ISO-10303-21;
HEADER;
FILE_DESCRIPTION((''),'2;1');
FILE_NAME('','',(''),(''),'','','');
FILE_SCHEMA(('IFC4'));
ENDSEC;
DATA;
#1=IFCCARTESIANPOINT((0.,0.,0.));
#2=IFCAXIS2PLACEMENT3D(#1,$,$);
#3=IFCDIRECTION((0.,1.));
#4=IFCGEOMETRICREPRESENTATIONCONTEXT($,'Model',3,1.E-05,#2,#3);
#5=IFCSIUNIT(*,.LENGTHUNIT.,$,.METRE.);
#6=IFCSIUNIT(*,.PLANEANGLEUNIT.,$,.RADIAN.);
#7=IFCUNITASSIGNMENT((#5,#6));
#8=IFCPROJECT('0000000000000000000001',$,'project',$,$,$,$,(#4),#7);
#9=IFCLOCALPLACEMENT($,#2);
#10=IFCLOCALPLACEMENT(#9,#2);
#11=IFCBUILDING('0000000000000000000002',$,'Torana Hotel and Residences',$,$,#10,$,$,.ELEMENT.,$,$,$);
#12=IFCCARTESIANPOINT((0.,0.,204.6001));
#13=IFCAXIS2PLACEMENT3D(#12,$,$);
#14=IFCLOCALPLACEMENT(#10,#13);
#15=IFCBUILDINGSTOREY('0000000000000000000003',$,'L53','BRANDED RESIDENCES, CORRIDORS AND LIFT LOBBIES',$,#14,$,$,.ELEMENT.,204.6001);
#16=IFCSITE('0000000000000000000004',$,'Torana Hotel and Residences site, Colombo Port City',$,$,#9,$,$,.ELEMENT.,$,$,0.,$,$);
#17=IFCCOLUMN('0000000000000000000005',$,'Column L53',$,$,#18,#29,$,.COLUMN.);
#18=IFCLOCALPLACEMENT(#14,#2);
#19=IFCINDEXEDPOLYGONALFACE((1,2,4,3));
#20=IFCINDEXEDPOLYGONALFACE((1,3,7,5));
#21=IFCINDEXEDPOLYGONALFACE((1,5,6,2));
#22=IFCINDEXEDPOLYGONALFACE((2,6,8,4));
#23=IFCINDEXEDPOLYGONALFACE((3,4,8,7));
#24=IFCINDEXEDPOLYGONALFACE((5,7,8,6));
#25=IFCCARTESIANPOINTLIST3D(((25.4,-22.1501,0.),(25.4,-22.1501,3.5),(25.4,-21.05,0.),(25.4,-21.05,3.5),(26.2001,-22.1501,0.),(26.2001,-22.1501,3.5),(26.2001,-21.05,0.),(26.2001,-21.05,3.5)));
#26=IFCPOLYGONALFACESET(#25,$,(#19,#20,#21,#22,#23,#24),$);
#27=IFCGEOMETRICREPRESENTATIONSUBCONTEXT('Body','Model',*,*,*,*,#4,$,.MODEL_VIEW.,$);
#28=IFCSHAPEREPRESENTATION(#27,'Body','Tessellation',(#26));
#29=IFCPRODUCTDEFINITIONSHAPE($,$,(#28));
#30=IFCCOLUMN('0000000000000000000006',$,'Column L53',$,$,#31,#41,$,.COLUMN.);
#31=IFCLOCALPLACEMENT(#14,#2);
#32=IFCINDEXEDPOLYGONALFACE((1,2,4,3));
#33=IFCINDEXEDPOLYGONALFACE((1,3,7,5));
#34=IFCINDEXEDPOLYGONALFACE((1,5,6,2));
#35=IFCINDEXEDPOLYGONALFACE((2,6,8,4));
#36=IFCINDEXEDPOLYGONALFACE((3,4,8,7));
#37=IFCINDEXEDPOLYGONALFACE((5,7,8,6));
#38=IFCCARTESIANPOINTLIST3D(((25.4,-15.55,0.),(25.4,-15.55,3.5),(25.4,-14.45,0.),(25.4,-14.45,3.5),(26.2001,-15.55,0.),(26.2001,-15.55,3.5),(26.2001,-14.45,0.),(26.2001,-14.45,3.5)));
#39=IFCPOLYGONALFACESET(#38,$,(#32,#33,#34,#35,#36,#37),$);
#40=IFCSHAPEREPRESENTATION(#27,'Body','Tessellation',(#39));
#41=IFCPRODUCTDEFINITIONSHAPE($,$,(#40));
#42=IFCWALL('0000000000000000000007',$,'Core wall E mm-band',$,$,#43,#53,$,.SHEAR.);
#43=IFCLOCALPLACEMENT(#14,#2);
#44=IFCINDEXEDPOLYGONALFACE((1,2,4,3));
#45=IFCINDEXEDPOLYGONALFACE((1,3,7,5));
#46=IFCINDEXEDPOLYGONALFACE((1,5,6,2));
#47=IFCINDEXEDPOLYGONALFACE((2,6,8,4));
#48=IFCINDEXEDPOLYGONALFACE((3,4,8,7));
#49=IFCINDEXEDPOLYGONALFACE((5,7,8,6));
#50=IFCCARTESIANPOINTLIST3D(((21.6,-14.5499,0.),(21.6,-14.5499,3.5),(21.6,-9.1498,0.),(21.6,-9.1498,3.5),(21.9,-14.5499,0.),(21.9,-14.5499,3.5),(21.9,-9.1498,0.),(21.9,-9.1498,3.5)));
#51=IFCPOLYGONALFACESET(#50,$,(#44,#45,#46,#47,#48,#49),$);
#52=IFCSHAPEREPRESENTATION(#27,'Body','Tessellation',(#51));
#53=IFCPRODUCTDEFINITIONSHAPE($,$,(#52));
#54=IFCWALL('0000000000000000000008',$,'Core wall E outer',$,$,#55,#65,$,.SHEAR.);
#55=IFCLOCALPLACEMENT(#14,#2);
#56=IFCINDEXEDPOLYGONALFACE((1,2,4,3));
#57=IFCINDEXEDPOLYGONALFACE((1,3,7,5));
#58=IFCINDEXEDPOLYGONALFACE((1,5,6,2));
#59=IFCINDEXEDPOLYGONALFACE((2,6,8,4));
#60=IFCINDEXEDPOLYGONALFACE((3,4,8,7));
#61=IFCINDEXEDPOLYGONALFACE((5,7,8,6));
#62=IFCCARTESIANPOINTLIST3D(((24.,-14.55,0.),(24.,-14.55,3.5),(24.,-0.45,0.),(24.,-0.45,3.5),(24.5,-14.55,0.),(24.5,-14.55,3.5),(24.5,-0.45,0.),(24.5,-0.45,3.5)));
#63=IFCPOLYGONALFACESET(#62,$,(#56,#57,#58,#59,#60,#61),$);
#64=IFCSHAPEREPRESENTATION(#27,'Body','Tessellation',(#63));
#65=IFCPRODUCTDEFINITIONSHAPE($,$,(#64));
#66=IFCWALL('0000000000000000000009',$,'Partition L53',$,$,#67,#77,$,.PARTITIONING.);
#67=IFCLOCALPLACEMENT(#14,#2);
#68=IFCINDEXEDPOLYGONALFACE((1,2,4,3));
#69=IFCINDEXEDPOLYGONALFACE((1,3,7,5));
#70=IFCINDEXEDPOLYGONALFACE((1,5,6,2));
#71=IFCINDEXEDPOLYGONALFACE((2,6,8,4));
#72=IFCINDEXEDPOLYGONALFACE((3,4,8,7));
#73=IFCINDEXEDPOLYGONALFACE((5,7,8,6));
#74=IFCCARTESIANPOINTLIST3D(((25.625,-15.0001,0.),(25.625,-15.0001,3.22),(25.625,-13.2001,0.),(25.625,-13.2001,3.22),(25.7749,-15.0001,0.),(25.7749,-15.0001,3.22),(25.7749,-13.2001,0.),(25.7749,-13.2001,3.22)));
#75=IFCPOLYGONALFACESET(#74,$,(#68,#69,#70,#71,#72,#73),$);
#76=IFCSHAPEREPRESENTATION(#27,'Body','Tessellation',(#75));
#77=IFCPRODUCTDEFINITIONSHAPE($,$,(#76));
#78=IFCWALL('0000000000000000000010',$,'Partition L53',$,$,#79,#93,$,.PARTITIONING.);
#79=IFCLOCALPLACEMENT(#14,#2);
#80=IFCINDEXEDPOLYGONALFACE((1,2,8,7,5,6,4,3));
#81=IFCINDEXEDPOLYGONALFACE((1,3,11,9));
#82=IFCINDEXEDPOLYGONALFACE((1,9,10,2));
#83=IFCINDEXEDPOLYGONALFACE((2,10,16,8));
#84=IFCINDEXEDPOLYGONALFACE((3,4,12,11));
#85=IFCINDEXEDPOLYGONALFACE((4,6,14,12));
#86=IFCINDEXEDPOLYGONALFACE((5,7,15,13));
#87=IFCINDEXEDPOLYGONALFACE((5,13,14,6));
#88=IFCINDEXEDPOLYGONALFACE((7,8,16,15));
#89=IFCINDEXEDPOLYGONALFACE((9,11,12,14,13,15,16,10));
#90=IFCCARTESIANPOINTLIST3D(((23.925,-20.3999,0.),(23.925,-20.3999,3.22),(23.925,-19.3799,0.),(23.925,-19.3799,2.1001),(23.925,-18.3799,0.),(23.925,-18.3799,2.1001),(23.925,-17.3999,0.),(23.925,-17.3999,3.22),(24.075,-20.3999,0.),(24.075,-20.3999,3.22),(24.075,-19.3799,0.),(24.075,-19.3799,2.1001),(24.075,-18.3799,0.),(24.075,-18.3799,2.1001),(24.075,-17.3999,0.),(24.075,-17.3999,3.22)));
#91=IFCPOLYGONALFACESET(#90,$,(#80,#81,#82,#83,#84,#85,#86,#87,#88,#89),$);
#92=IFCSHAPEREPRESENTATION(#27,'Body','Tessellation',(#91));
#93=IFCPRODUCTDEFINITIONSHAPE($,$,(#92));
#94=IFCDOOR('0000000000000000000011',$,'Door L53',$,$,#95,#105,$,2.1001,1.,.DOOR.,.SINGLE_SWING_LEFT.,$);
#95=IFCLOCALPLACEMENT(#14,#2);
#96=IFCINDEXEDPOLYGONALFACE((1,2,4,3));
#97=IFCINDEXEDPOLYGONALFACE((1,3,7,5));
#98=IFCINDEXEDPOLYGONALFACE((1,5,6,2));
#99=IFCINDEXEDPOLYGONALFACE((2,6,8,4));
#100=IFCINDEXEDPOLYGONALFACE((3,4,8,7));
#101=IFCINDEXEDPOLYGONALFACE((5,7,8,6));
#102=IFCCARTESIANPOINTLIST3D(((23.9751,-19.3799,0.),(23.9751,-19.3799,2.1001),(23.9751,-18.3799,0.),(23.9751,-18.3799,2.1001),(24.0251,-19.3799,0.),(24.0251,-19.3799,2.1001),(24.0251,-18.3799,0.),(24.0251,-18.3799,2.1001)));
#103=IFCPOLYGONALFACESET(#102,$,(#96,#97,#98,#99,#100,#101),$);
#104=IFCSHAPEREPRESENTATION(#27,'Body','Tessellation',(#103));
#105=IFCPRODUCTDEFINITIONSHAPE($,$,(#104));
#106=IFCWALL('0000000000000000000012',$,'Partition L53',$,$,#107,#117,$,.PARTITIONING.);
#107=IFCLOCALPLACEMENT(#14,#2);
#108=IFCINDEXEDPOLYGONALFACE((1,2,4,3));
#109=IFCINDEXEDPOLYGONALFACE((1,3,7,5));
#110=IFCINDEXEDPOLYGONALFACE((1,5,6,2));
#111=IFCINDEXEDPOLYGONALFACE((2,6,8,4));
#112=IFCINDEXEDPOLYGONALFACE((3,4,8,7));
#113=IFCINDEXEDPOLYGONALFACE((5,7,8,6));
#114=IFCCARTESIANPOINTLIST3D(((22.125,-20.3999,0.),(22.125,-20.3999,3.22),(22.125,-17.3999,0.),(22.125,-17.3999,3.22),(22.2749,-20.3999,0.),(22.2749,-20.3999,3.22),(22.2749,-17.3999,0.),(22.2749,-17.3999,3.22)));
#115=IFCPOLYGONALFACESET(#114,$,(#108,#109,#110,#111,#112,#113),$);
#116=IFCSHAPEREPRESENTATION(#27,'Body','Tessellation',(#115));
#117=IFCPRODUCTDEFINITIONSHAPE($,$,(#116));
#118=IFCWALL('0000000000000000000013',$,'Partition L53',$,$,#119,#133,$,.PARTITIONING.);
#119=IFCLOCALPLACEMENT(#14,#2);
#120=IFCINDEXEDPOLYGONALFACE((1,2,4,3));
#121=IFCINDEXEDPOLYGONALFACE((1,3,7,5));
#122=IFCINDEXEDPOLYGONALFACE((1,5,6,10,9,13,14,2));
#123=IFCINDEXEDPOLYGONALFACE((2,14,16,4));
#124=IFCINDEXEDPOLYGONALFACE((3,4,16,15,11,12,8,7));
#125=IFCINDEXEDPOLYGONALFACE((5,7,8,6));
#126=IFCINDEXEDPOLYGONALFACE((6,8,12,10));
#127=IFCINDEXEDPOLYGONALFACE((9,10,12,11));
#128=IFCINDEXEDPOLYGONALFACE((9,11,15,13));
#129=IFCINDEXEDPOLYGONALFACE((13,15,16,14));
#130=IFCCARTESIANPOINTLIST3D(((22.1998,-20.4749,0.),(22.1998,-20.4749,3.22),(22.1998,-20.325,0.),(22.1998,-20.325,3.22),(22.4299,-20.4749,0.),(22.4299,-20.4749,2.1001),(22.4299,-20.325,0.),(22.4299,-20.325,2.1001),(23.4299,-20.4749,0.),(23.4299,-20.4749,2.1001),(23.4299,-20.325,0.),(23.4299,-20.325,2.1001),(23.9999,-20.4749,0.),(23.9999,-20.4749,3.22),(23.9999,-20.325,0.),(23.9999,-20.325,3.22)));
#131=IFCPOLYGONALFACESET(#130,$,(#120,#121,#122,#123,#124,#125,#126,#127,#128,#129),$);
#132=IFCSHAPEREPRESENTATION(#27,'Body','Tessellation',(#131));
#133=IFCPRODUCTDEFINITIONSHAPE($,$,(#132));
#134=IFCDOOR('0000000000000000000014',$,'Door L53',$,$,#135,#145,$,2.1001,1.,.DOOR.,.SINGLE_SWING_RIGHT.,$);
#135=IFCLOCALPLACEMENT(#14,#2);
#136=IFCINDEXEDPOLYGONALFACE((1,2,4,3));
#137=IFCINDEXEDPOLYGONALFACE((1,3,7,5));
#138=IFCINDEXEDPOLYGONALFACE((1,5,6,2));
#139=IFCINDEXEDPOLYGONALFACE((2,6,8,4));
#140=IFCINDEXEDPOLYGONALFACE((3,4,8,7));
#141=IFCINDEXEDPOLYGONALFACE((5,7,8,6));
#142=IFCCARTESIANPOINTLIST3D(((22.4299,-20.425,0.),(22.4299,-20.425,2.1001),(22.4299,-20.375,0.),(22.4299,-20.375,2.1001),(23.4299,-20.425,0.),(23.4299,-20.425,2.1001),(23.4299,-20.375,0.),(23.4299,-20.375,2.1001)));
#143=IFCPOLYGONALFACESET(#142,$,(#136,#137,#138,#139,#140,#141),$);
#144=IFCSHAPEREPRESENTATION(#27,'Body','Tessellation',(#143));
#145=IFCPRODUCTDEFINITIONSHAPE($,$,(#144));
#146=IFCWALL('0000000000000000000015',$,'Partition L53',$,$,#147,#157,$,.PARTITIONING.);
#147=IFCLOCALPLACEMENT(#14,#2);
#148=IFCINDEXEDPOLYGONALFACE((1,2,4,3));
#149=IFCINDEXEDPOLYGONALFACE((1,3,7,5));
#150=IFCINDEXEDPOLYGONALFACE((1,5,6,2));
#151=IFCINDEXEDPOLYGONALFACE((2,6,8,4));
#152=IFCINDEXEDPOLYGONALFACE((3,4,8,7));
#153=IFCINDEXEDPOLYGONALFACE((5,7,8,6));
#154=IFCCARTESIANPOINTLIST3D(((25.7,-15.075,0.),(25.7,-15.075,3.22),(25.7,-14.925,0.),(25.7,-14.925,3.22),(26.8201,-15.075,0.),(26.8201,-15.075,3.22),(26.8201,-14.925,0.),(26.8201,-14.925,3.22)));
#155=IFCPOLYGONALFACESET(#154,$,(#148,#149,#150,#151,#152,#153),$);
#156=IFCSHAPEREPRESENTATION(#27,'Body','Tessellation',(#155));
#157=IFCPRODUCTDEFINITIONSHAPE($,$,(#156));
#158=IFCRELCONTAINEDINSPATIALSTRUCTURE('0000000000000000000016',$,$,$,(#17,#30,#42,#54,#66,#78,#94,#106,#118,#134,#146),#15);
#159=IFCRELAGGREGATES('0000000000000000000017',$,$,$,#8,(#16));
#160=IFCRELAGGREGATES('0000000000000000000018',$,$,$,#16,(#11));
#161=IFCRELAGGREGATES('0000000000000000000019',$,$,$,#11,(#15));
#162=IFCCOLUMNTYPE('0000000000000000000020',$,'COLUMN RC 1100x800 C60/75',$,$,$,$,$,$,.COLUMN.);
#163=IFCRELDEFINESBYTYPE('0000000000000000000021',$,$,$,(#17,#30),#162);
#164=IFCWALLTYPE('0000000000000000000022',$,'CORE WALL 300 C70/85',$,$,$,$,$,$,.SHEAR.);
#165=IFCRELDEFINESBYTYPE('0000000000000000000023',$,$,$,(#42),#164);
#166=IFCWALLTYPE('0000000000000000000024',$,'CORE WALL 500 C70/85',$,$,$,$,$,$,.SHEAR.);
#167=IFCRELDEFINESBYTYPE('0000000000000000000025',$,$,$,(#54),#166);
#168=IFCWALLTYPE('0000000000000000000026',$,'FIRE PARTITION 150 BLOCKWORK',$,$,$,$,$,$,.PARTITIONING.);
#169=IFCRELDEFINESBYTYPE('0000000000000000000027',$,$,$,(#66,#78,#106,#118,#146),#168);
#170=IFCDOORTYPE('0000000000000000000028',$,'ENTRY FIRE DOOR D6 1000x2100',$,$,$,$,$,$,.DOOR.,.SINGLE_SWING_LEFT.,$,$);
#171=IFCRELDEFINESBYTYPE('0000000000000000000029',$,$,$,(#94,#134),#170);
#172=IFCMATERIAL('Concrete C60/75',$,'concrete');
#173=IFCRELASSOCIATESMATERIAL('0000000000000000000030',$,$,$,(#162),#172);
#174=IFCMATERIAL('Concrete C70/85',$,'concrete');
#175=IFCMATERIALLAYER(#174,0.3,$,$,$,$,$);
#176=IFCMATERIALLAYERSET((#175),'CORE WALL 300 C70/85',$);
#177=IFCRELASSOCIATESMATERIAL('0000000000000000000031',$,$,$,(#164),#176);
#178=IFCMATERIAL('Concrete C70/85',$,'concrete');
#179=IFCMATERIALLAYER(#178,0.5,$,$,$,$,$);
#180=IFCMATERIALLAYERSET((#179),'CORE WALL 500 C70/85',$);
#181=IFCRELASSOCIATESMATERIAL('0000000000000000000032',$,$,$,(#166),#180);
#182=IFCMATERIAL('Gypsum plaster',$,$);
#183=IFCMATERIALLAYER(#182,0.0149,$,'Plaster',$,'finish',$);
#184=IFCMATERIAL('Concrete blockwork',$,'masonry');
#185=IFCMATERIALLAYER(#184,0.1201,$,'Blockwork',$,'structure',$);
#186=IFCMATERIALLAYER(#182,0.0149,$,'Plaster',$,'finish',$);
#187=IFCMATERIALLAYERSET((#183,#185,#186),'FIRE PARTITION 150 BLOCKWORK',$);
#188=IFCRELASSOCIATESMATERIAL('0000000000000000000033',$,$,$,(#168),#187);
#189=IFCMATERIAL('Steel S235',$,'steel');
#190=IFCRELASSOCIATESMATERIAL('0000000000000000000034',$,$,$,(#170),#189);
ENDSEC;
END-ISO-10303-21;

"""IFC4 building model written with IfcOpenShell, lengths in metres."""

from ifc_helpers import new_model, si_unit, direction, frame, frame_2d, origin, origin_2d, place, context, subcontext, project, spatial, rectangle, extrude, material, layer, layer_set, material_profile, profile_set, type_object, element, fill, save


model = new_model("IFC4")

# Units and contexts
model_context = context("Model", 3, precision=1e-05, world=origin(), true_north=direction((0.0, 1.0)))
body_context = subcontext(model_context, "Body", "Model", "MODEL_VIEW")
ifc_project = project(units=[si_unit("LENGTHUNIT", "METRE"), si_unit("PLANEANGLEUNIT", "RADIAN")], contexts=[model_context])

# Site, building, storey
site_placement = place(None, origin())
site = spatial("IfcSite", under=ifc_project, at=site_placement, Name="Torana Hotel and Residences site, Colombo Port City", CompositionType="ELEMENT", RefElevation=0.0)
building_placement = place(site_placement, origin())
building = spatial("IfcBuilding", under=site, at=building_placement, Name="Torana Hotel and Residences", CompositionType="ELEMENT")
storey_placement = place(building_placement, frame((0.0, 0.0, 204.6001)))
storey = spatial("IfcBuildingStorey", under=building, at=storey_placement, Name="L53", Description="BRANDED RESIDENCES, CORRIDORS AND LIFT LOBBIES", CompositionType="ELEMENT", Elevation=204.6001)

# Columns
ifc_material_1 = material(Name="Concrete C60/75", Category="concrete")
ifc_material_profile = material_profile(ifc_material_1, rectangle(XDim=1.1001, YDim=0.8, at=origin_2d()), Name="RC 1100x800")
ifc_profile_set = profile_set([ifc_material_profile], Name="Concrete C60/75")
column_type = type_object("IfcColumnType", Name="COLUMN RC 1100x800 C60/75", PredefinedType="COLUMN", material=ifc_profile_set)
for number, where, z_axis, x_axis, name in (
    (1, (25.8, -21.6001, 0.0), (0.0, 0.0, 1.0), (0.0, 1.0, 0.0), "Column L53"),
    (2, (25.8, -15.0, 0.0), (0.0, 0.0, 1.0), (0.0, 1.0, 0.0), "Column L53"),
):
    element("IfcColumn", number, at=place(storey_placement, frame(where, z_axis=z_axis, x_axis=x_axis)), inside=storey, type_object=column_type, Name=name, PredefinedType="COLUMN", context=body_context, shape_type="SweptSolid", body=[
        extrude(rectangle(XDim=1.1001, YDim=0.8, at=origin_2d()), origin(), (0.0, 0.0, 1.0), 3.5),
    ])

# Walls
ifc_material_2 = material(Name="Concrete C70/85", Category="concrete")
ifc_layer_1 = layer(ifc_material_2, 0.3)
ifc_layer_set_1 = layer_set([ifc_layer_1], Name="CORE WALL 300 C70/85")
wall_type_1 = type_object("IfcWallType", Name="CORE WALL 300 C70/85", PredefinedType="SHEAR", material=ifc_layer_set_1)
wall_1_placement = place(storey_placement, frame((21.75, -14.55, 0.0), z_axis=(0.0, 0.0, 1.0), x_axis=(0.0, 1.0, 0.0)))
element("IfcWall", 3, at=wall_1_placement, inside=storey, type_object=wall_type_1, Name="Core wall E mm-band", PredefinedType="SHEAR", context=body_context, shape_type="SweptSolid", body=[
    extrude(rectangle(XDim=5.4001, YDim=0.3, at=frame_2d((2.7002, 0.0))), origin(), (0.0, 0.0, 1.0), 3.5),
])
ifc_material_3 = material(Name="Concrete C70/85", Category="concrete")
ifc_layer_2 = layer(ifc_material_3, 0.5)
ifc_layer_set_2 = layer_set([ifc_layer_2], Name="CORE WALL 500 C70/85")
wall_type_2 = type_object("IfcWallType", Name="CORE WALL 500 C70/85", PredefinedType="SHEAR", material=ifc_layer_set_2)
wall_2_placement = place(storey_placement, frame((24.25, -14.55, 0.0), z_axis=(0.0, 0.0, 1.0), x_axis=(0.0, 1.0, 0.0)))
element("IfcWall", 4, at=wall_2_placement, inside=storey, type_object=wall_type_2, Name="Core wall E outer", PredefinedType="SHEAR", context=body_context, shape_type="SweptSolid", body=[
    extrude(rectangle(XDim=14.1001, YDim=0.5, at=frame_2d((7.05, 0.0))), origin(), (0.0, 0.0, 1.0), 3.5),
])
ifc_material_4 = material(Name="Gypsum plaster")
ifc_layer_3 = layer(ifc_material_4, 0.0149, Name="Plaster", Category="finish")
ifc_material_5 = material(Name="Concrete blockwork", Category="masonry")
ifc_layer_4 = layer(ifc_material_5, 0.1201, Name="Blockwork", Category="structure")
ifc_layer_5 = layer(ifc_material_4, 0.0149, Name="Plaster", Category="finish")
ifc_layer_set_3 = layer_set([ifc_layer_3, ifc_layer_4, ifc_layer_5], Name="FIRE PARTITION 150 BLOCKWORK")
wall_type_3 = type_object("IfcWallType", Name="FIRE PARTITION 150 BLOCKWORK", PredefinedType="PARTITIONING", material=ifc_layer_set_3)
wall_3_placement = place(storey_placement, frame((25.7, -15.0, 0.0), z_axis=(0.0, 0.0, 1.0), x_axis=(0.0, 1.0, 0.0)))
element("IfcWall", 5, at=wall_3_placement, inside=storey, type_object=wall_type_3, Name="Partition L53", PredefinedType="PARTITIONING", context=body_context, shape_type="SweptSolid", body=[
    extrude(rectangle(XDim=1.8, YDim=0.1499, at=frame_2d((0.8999, 0.0))), origin(), (0.0, 0.0, 1.0), 3.22),
])

# Wall, opening, door
wall_4_placement = place(storey_placement, frame((24.0, -20.3999, 0.0), z_axis=(0.0, 0.0, 1.0), x_axis=(0.0, 1.0, 0.0)))
wall_4 = element("IfcWall", 6, at=wall_4_placement, inside=storey, type_object=wall_type_3, Name="Partition L53", PredefinedType="PARTITIONING", context=body_context, shape_type="SweptSolid", body=[
    extrude(rectangle(XDim=3.0, YDim=0.1499, at=frame_2d((1.5, 0.0))), origin(), (0.0, 0.0, 1.0), 3.22),
])
opening_1_placement = place(wall_4_placement, frame((1.02, 0.0, 0.0)))
opening_1 = element("IfcOpeningElement", 7, at=opening_1_placement, cuts=wall_4, PredefinedType="OPENING", context=body_context, shape_type="SweptSolid", body=[
    extrude(rectangle(XDim=1.0, YDim=2.1001, at=frame_2d((0.5, 1.05))), frame((0.0, 0.085, 0.0), z_axis=(0.0, -1.0, 0.0), x_axis=(1.0, 0.0, 0.0)), (0.0, 0.0, 1.0), 0.1699),
])
ifc_material_6 = material(Name="Steel S235", Category="steel")
door_type_1 = type_object("IfcDoorType", Name="ENTRY FIRE DOOR D6 1000x2100", OperationType="SINGLE_SWING_LEFT", PredefinedType="DOOR", material=ifc_material_6)
door_1_placement = place(opening_1_placement, frame((0.5, 0.0, 0.0), z_axis=(0.0, 0.0, 1.0), x_axis=(-1.0, 0.0, 0.0)))
door_1 = element("IfcDoor", 8, at=door_1_placement, inside=storey, type_object=door_type_1, Name="Door L53", OperationType="SINGLE_SWING_LEFT", OverallHeight=2.1001, OverallWidth=1.0, PredefinedType="DOOR", context=body_context, shape_type="SweptSolid", body=[
    extrude(rectangle(XDim=1.0, YDim=2.1001, at=frame_2d((0.0, 1.05))), frame((0.0, -0.0249, 0.0), z_axis=(0.0, 1.0, 0.0), x_axis=(-1.0, 0.0, 0.0)), (0.0, 0.0, 1.0), 0.05),
])
fill(opening_1, door_1)

# Wall
wall_5_placement = place(storey_placement, frame((22.2, -20.3999, 0.0), z_axis=(0.0, 0.0, 1.0), x_axis=(0.0, 1.0, 0.0)))
element("IfcWall", 9, at=wall_5_placement, inside=storey, type_object=wall_type_3, Name="Partition L53", PredefinedType="PARTITIONING", context=body_context, shape_type="SweptSolid", body=[
    extrude(rectangle(XDim=3.0, YDim=0.1499, at=frame_2d((1.5, 0.0))), origin(), (0.0, 0.0, 1.0), 3.22),
])

# Wall, opening, door
wall_6_placement = place(storey_placement, frame((22.2, -20.3999, 0.0), z_axis=(0.0, 0.0, 1.0), x_axis=(1.0, 0.0, 0.0)))
wall_6 = element("IfcWall", 10, at=wall_6_placement, inside=storey, type_object=wall_type_3, Name="Partition L53", PredefinedType="PARTITIONING", context=body_context, shape_type="SweptSolid", body=[
    extrude(rectangle(XDim=1.8, YDim=0.1499, at=frame_2d((0.8999, 0.0))), origin(), (0.0, 0.0, 1.0), 3.22),
])
opening_2_placement = place(wall_6_placement, frame((0.23, 0.0, 0.0)))
opening_2 = element("IfcOpeningElement", 11, at=opening_2_placement, cuts=wall_6, PredefinedType="OPENING", context=body_context, shape_type="SweptSolid", body=[
    extrude(rectangle(XDim=1.0, YDim=2.1001, at=frame_2d((0.5, 1.05))), frame((0.0, 0.085, 0.0), z_axis=(0.0, -1.0, 0.0), x_axis=(1.0, 0.0, 0.0)), (0.0, 0.0, 1.0), 0.1699),
])
door_2_placement = place(opening_2_placement, frame((0.5, 0.0, 0.0), z_axis=(0.0, 0.0, 1.0), x_axis=(-1.0, 0.0, 0.0)))
door_2 = element("IfcDoor", 12, at=door_2_placement, inside=storey, type_object=door_type_1, Name="Door L53", OperationType="SINGLE_SWING_RIGHT", OverallHeight=2.1001, OverallWidth=1.0, PredefinedType="DOOR", context=body_context, shape_type="SweptSolid", body=[
    extrude(rectangle(XDim=1.0, YDim=2.1001, at=frame_2d((0.0, 1.05))), frame((0.0, -0.0249, 0.0), z_axis=(0.0, 1.0, 0.0), x_axis=(-1.0, 0.0, 0.0)), (0.0, 0.0, 1.0), 0.05),
])
fill(opening_2, door_2)

# Wall
wall_7_placement = place(storey_placement, frame((25.7, -15.0, 0.0), z_axis=(0.0, 0.0, 1.0), x_axis=(1.0, 0.0, 0.0)))
element("IfcWall", 13, at=wall_7_placement, inside=storey, type_object=wall_type_3, Name="Partition L53", PredefinedType="PARTITIONING", context=body_context, shape_type="SweptSolid", body=[
    extrude(rectangle(XDim=1.1201, YDim=0.1499, at=frame_2d((0.5601, 0.0))), origin(), (0.0, 0.0, 1.0), 3.22),
])

save(model, "model.ifc")
